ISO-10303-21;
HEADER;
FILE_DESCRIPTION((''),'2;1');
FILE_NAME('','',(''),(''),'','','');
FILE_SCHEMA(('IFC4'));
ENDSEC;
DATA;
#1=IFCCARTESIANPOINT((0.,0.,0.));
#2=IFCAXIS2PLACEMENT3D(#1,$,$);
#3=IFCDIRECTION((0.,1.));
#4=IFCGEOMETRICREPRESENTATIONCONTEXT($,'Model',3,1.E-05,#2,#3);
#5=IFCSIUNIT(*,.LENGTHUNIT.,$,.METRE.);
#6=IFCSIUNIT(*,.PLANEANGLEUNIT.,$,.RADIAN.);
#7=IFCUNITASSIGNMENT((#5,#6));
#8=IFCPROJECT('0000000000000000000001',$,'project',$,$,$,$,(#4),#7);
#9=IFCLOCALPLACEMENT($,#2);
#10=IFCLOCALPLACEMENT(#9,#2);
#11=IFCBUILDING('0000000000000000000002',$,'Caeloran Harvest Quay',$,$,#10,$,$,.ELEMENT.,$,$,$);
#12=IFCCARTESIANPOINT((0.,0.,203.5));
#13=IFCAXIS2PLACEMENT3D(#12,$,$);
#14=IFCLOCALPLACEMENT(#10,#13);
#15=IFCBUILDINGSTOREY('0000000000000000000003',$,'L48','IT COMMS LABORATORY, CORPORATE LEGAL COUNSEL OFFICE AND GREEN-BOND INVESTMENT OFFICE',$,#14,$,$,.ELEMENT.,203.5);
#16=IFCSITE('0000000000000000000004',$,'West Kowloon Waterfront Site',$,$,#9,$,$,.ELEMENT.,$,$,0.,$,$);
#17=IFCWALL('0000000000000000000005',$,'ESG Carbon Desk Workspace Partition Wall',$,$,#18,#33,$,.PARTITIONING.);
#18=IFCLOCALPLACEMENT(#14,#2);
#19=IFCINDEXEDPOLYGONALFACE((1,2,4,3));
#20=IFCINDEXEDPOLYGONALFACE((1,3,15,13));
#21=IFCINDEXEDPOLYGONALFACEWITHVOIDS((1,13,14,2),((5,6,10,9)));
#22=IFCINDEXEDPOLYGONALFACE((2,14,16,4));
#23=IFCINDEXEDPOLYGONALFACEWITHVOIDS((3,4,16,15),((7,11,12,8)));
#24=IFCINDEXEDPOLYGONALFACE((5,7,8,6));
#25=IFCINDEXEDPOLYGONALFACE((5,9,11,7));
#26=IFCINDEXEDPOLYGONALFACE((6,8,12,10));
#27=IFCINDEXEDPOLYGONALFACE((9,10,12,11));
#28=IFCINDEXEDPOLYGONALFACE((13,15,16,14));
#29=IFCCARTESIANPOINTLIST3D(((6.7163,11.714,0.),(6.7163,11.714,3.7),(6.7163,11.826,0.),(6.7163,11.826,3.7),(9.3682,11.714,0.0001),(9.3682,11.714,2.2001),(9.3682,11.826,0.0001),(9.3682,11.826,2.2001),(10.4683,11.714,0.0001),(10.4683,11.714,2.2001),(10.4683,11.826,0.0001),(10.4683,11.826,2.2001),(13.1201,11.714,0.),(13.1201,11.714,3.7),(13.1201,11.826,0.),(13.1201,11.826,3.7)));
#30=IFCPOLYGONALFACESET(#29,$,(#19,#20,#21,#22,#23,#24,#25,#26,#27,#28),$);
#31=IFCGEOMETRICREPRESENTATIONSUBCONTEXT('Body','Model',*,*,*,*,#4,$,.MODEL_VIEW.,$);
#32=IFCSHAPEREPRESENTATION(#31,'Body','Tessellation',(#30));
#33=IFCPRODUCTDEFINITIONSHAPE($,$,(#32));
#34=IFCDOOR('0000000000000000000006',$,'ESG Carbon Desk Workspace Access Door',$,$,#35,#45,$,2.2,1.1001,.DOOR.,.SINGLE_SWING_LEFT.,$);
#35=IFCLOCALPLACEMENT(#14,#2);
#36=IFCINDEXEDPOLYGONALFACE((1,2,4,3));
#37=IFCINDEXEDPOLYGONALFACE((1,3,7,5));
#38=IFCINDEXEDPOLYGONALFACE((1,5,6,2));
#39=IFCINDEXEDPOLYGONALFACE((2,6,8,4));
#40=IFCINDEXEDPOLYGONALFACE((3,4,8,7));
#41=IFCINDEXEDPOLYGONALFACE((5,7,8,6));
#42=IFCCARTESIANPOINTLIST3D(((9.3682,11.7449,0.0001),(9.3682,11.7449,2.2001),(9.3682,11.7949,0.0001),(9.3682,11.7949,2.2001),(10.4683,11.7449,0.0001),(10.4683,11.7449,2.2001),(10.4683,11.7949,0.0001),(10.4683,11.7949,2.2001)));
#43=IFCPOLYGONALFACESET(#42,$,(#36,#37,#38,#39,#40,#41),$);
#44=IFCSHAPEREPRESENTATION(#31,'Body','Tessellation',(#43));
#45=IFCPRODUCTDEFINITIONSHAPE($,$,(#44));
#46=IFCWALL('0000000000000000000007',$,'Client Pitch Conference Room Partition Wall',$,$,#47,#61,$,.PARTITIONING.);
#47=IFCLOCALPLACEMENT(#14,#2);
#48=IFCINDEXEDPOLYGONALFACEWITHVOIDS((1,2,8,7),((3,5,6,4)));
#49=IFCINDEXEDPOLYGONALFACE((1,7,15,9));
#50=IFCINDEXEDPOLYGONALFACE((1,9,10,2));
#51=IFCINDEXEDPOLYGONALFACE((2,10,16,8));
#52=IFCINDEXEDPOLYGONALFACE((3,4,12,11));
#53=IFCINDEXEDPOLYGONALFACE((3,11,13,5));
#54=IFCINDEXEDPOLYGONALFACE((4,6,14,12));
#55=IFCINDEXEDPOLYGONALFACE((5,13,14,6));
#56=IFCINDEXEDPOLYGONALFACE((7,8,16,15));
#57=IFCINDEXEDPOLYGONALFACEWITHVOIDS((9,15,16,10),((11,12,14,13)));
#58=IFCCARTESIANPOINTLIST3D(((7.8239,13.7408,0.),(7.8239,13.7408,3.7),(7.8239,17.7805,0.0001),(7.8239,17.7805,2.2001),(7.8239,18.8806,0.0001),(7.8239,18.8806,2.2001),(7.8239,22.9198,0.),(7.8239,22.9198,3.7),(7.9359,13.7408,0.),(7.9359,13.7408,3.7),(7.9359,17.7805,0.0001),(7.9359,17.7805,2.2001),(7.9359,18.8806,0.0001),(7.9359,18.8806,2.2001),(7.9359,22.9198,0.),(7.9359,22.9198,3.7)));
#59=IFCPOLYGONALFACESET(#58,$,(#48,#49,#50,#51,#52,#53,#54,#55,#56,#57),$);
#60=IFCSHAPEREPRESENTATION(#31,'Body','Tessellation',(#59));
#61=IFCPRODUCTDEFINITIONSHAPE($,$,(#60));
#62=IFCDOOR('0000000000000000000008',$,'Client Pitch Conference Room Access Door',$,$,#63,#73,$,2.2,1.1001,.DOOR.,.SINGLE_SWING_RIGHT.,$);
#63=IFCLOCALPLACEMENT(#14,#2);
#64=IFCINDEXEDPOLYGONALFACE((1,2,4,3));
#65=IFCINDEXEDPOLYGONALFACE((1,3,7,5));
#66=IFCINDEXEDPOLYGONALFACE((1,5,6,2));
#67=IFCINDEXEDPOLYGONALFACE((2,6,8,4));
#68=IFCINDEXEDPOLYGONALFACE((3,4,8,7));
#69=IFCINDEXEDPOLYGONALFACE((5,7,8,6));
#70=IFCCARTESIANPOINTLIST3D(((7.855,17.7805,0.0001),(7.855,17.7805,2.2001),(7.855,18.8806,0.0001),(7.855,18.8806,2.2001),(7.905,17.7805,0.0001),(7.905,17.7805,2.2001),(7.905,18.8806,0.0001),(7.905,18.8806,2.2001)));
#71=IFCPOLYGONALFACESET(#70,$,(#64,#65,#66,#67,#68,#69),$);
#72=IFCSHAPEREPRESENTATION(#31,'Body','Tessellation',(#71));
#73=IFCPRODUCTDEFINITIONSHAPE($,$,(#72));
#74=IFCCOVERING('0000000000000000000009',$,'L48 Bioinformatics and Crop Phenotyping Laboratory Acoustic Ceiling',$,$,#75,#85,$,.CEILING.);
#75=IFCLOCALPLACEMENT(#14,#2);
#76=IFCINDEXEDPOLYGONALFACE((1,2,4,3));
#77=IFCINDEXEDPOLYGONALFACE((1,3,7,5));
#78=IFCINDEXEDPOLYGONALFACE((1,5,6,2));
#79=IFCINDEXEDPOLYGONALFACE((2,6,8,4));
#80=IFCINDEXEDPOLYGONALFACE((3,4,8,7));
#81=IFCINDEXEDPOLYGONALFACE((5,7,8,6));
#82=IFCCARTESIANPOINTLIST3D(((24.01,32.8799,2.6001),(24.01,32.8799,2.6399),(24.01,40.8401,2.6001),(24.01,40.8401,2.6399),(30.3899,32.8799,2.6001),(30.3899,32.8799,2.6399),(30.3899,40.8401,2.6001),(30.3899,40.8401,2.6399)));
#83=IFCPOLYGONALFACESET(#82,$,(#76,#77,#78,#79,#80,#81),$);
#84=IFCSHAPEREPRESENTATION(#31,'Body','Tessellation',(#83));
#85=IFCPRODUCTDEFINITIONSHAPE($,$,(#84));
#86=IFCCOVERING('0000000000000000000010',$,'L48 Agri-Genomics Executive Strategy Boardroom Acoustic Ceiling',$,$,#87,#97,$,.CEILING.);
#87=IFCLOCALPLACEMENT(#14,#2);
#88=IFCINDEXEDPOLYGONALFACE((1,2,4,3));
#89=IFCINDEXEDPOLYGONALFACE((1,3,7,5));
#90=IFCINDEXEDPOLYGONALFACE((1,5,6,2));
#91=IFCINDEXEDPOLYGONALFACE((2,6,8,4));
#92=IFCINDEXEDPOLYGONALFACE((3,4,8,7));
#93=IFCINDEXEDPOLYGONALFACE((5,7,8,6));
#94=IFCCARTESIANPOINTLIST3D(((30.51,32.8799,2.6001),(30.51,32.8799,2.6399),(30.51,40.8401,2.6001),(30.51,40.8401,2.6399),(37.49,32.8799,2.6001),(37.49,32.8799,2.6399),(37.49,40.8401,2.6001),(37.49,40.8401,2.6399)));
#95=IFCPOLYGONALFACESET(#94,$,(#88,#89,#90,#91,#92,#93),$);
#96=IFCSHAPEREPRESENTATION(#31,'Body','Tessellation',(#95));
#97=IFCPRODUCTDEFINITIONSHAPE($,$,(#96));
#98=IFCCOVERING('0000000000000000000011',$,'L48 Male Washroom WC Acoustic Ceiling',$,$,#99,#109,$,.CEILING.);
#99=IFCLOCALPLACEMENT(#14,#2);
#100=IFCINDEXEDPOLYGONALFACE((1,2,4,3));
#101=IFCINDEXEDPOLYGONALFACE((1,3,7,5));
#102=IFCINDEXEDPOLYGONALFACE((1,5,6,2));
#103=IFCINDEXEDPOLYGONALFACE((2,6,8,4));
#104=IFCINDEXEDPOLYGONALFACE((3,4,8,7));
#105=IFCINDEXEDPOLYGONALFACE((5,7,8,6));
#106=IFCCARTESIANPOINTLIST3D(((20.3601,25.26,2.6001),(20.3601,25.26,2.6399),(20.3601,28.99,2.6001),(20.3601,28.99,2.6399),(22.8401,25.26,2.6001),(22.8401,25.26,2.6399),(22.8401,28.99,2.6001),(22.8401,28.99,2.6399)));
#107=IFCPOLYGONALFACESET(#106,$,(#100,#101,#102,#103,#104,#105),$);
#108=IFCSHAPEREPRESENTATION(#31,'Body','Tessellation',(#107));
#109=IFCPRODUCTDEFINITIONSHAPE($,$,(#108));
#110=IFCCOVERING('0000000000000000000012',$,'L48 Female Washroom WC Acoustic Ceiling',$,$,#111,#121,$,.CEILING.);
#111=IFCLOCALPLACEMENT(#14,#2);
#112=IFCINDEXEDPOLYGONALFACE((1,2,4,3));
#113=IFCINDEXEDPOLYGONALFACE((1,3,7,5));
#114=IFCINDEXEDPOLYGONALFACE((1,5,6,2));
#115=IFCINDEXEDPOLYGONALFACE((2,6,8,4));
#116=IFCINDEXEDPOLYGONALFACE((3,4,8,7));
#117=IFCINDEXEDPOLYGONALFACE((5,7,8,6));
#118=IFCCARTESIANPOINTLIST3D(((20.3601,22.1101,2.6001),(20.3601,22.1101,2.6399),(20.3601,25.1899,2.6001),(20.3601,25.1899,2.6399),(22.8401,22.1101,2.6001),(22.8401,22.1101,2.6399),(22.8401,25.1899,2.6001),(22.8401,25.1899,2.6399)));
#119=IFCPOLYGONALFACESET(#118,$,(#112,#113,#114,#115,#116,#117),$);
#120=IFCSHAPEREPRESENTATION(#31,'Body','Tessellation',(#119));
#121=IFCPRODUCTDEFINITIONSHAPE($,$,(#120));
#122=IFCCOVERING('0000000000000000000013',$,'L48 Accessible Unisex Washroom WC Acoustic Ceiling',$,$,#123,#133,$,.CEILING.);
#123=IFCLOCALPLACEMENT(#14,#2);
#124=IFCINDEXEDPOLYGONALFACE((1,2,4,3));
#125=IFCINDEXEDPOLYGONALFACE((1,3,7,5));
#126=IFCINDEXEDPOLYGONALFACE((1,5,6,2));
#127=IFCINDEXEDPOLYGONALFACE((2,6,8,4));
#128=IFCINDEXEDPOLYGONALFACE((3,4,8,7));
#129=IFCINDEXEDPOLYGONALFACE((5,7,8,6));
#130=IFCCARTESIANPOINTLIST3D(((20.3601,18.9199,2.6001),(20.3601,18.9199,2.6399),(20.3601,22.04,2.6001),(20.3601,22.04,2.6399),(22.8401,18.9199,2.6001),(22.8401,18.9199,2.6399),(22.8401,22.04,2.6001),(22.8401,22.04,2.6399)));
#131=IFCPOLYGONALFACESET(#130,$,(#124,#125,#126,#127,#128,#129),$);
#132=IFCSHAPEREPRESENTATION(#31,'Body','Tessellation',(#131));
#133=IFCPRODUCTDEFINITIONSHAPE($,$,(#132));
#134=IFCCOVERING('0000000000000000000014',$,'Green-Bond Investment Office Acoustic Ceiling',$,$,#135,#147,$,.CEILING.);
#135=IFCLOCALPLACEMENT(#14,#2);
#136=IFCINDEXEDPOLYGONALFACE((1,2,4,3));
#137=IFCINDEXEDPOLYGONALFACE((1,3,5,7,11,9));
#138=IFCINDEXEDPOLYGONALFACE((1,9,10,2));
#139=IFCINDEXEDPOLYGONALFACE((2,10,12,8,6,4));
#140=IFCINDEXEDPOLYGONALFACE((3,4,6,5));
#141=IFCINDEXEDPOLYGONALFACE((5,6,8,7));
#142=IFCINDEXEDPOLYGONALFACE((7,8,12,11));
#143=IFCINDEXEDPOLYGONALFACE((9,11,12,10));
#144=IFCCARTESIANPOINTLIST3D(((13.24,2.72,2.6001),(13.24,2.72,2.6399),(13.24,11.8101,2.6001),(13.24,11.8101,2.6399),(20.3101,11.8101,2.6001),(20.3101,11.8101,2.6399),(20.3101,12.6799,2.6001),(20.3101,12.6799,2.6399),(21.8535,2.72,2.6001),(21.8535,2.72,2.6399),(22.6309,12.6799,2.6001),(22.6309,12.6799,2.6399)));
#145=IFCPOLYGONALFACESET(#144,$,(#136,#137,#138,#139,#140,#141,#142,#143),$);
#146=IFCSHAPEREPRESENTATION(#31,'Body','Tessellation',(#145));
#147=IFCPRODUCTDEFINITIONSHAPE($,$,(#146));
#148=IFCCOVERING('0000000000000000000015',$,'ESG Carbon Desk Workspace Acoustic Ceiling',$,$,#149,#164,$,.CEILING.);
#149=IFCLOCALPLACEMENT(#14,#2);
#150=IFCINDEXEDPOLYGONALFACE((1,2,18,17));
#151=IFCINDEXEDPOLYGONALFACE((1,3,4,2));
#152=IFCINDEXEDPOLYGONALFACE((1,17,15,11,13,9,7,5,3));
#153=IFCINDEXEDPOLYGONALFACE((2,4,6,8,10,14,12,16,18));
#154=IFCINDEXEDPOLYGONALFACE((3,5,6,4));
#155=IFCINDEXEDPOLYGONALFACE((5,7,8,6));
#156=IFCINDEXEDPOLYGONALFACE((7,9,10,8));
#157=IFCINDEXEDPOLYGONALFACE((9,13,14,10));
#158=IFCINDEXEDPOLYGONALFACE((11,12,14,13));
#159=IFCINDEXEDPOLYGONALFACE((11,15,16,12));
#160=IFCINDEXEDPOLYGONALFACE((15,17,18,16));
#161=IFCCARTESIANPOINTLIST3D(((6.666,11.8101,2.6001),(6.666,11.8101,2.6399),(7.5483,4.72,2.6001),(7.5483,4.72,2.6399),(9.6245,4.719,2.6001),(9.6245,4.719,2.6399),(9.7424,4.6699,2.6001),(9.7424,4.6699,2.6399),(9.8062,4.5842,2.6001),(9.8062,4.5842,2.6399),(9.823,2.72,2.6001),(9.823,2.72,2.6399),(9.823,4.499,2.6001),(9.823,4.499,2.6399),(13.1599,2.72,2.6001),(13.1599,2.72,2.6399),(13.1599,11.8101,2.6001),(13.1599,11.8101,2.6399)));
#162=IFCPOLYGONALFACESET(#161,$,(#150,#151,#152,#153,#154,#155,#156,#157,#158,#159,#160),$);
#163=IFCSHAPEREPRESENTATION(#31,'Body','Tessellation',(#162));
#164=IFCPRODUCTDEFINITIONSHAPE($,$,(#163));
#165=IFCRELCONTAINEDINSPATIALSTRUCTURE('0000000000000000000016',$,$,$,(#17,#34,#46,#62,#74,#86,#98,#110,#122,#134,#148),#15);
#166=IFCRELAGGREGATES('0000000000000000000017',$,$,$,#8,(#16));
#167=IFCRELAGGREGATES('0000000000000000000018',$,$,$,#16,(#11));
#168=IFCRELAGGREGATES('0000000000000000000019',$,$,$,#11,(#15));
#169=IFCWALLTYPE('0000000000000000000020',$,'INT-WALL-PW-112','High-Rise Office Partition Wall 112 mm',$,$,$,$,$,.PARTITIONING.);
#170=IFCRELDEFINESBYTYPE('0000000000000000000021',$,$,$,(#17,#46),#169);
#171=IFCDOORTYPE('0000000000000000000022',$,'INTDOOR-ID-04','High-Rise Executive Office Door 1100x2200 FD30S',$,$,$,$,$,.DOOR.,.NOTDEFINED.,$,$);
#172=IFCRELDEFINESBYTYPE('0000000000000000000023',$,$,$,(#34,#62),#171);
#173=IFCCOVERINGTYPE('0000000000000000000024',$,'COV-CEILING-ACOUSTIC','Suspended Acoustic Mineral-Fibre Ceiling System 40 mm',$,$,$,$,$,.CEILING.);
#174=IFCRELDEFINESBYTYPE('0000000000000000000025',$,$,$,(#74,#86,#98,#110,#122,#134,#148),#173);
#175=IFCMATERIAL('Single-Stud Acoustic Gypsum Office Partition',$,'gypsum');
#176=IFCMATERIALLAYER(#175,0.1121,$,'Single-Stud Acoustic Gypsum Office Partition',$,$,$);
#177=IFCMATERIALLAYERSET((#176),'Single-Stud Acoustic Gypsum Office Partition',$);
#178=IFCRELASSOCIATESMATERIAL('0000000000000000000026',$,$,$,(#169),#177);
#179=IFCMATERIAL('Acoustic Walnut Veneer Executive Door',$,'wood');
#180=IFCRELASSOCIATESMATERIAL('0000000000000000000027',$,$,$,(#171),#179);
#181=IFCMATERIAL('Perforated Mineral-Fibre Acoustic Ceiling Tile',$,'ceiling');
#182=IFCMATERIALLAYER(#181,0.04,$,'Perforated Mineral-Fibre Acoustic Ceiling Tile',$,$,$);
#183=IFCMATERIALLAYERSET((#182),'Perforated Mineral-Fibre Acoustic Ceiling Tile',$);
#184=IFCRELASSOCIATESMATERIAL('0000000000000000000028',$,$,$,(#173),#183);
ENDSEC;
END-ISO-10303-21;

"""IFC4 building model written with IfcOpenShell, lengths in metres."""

from ifc_helpers import new_model, si_unit, direction, frame, frame_2d, origin, place, context, subcontext, project, spatial, polyline, rectangle, outline, extrude, material, layer, layer_set, type_object, element, fill, save


model = new_model("IFC4")

# Units and contexts
model_context = context("Model", 3, precision=1e-05, world=origin(), true_north=direction((0.0, 1.0)))
body_context = subcontext(model_context, "Body", "Model", "MODEL_VIEW")
ifc_project = project(units=[si_unit("LENGTHUNIT", "METRE"), si_unit("PLANEANGLEUNIT", "RADIAN")], contexts=[model_context])

# Site, building, storey
site_placement = place(None, origin())
site = spatial("IfcSite", under=ifc_project, at=site_placement, Name="West Kowloon Waterfront Site", CompositionType="ELEMENT", RefElevation=0.0)
building_placement = place(site_placement, origin())
building = spatial("IfcBuilding", under=site, at=building_placement, Name="Caeloran Harvest Quay", CompositionType="ELEMENT")
storey_placement = place(building_placement, frame((0.0, 0.0, 203.5)))
storey = spatial("IfcBuildingStorey", under=building, at=storey_placement, Name="L48", Description="IT COMMS LABORATORY, CORPORATE LEGAL COUNSEL OFFICE AND GREEN-BOND INVESTMENT OFFICE", CompositionType="ELEMENT", Elevation=203.5)

# Walls, openings, doors
ifc_material_1 = material(Name="Single-Stud Acoustic Gypsum Office Partition", Category="gypsum")
ifc_layer_1 = layer(ifc_material_1, 0.1121, Name="Single-Stud Acoustic Gypsum Office Partition")
ifc_layer_set_1 = layer_set([ifc_layer_1], Name="Single-Stud Acoustic Gypsum Office Partition")
wall_type_1 = type_object("IfcWallType", Name="INT-WALL-PW-112", Description="High-Rise Office Partition Wall 112 mm", PredefinedType="PARTITIONING", material=ifc_layer_set_1)
wall_1_placement = place(storey_placement, frame((6.7163, 11.77, 0.0), z_axis=(0.0, 0.0, 1.0), x_axis=(1.0, 0.0, 0.0)))
wall_1 = element("IfcWall", 1, at=wall_1_placement, inside=storey, type_object=wall_type_1, Name="ESG Carbon Desk Workspace Partition Wall", PredefinedType="PARTITIONING", context=body_context, shape_type="SweptSolid", body=[
    extrude(rectangle(XDim=6.4038, YDim=0.1121, at=frame_2d((3.2019, 0.0))), origin(), (0.0, 0.0, 1.0), 3.7),
])
opening_1_placement = place(wall_1_placement, frame((2.6519, 0.0, 0.0)))
opening_1 = element("IfcOpeningElement", 2, at=opening_1_placement, cuts=wall_1, PredefinedType="OPENING", context=body_context, shape_type="SweptSolid", body=[
    extrude(rectangle(XDim=1.1001, YDim=2.2, at=frame_2d((0.55, 1.1001))), frame((0.0, 0.0659, 0.0), z_axis=(0.0, -1.0, 0.0), x_axis=(1.0, 0.0, 0.0)), (0.0, 0.0, 1.0), 0.1321),
])
ifc_material_2 = material(Name="Acoustic Walnut Veneer Executive Door", Category="wood")
door_type = type_object("IfcDoorType", Name="INTDOOR-ID-04", Description="High-Rise Executive Office Door 1100x2200 FD30S", OperationType="NOTDEFINED", PredefinedType="DOOR", material=ifc_material_2)
door_1_placement = place(opening_1_placement, origin())
door_1 = element("IfcDoor", 3, at=door_1_placement, inside=storey, type_object=door_type, Name="ESG Carbon Desk Workspace Access Door", OperationType="SINGLE_SWING_LEFT", OverallHeight=2.2, OverallWidth=1.1001, PredefinedType="DOOR", context=body_context, shape_type="SweptSolid", body=[
    extrude(rectangle(XDim=1.1001, YDim=2.2, at=frame_2d((0.55, 1.1001))), frame((0.0, 0.0249, 0.0), z_axis=(0.0, -1.0, 0.0), x_axis=(1.0, 0.0, 0.0)), (0.0, 0.0, 1.0), 0.05),
])
fill(opening_1, door_1)
wall_2_placement = place(storey_placement, frame((7.8799, 13.741, 0.0), z_axis=(0.0, 0.0, 1.0), x_axis=(0.0, 1.0, 0.0)))
wall_2 = element("IfcWall", 4, at=wall_2_placement, inside=storey, type_object=wall_type_1, Name="Client Pitch Conference Room Partition Wall", PredefinedType="PARTITIONING", context=body_context, shape_type="SweptSolid", body=[
    extrude(rectangle(XDim=9.179, YDim=0.1121, at=frame_2d((4.5894, 0.0))), origin(), (0.0, 0.0, 1.0), 3.7),
])
opening_2_placement = place(wall_2_placement, frame((4.0396, 0.0, 0.0)))
opening_2 = element("IfcOpeningElement", 5, at=opening_2_placement, cuts=wall_2, PredefinedType="OPENING", context=body_context, shape_type="SweptSolid", body=[
    extrude(rectangle(XDim=1.1001, YDim=2.2, at=frame_2d((0.55, 1.1001))), frame((0.0, 0.0659, 0.0), z_axis=(0.0, -1.0, 0.0), x_axis=(1.0, 0.0, 0.0)), (0.0, 0.0, 1.0), 0.1321),
])
door_2_placement = place(opening_2_placement, origin())
door_2 = element("IfcDoor", 6, at=door_2_placement, inside=storey, type_object=door_type, Name="Client Pitch Conference Room Access Door", OperationType="SINGLE_SWING_RIGHT", OverallHeight=2.2, OverallWidth=1.1001, PredefinedType="DOOR", context=body_context, shape_type="SweptSolid", body=[
    extrude(rectangle(XDim=1.1001, YDim=2.2, at=frame_2d((0.55, 1.1001))), frame((0.0, 0.0249, 0.0), z_axis=(0.0, -1.0, 0.0), x_axis=(1.0, 0.0, 0.0)), (0.0, 0.0, 1.0), 0.05),
])
fill(opening_2, door_2)

# Coverings
ifc_material_3 = material(Name="Perforated Mineral-Fibre Acoustic Ceiling Tile", Category="ceiling")
ifc_layer_2 = layer(ifc_material_3, 0.04, Name="Perforated Mineral-Fibre Acoustic Ceiling Tile")
ifc_layer_set_2 = layer_set([ifc_layer_2], Name="Perforated Mineral-Fibre Acoustic Ceiling Tile")
covering_type_1 = type_object("IfcCoveringType", Name="COV-CEILING-ACOUSTIC", Description="Suspended Acoustic Mineral-Fibre Ceiling System 40 mm", PredefinedType="CEILING", material=ifc_layer_set_2)
covering_1_placement = place(storey_placement, frame((0.0, 0.0, 2.6001)))
element("IfcCovering", 7, at=covering_1_placement, inside=storey, type_object=covering_type_1, Name="L48 Bioinformatics and Crop Phenotyping Laboratory Acoustic Ceiling", PredefinedType="CEILING", context=body_context, shape_type="SweptSolid", body=[
    extrude(outline(polyline([(30.3899, 40.8401), (30.3899, 32.8799), (24.01, 32.8799), (24.01, 40.8401), (30.3899, 40.8401)])), origin(), (0.0, 0.0, 1.0), 0.0398),
])
covering_2_placement = place(storey_placement, frame((0.0, 0.0, 2.6001)))
element("IfcCovering", 8, at=covering_2_placement, inside=storey, type_object=covering_type_1, Name="L48 Agri-Genomics Executive Strategy Boardroom Acoustic Ceiling", PredefinedType="CEILING", context=body_context, shape_type="SweptSolid", body=[
    extrude(outline(polyline([(37.49, 40.8401), (37.49, 32.8799), (30.51, 32.8799), (30.51, 40.8401), (37.49, 40.8401)])), origin(), (0.0, 0.0, 1.0), 0.0398),
])
covering_3_placement = place(storey_placement, frame((0.0, 0.0, 2.6001)))
element("IfcCovering", 9, at=covering_3_placement, inside=storey, type_object=covering_type_1, Name="L48 Male Washroom WC Acoustic Ceiling", PredefinedType="CEILING", context=body_context, shape_type="SweptSolid", body=[
    extrude(outline(polyline([(22.8401, 28.99), (22.8401, 25.26), (20.3601, 25.26), (20.3601, 28.99), (22.8401, 28.99)])), origin(), (0.0, 0.0, 1.0), 0.0398),
])
covering_4_placement = place(storey_placement, frame((0.0, 0.0, 2.6001)))
element("IfcCovering", 10, at=covering_4_placement, inside=storey, type_object=covering_type_1, Name="L48 Female Washroom WC Acoustic Ceiling", PredefinedType="CEILING", context=body_context, shape_type="SweptSolid", body=[
    extrude(outline(polyline([(22.8401, 25.1899), (22.8401, 22.1101), (20.3601, 22.1101), (20.3601, 25.1899), (22.8401, 25.1899)])), origin(), (0.0, 0.0, 1.0), 0.0398),
])
covering_5_placement = place(storey_placement, frame((0.0, 0.0, 2.6001)))
element("IfcCovering", 11, at=covering_5_placement, inside=storey, type_object=covering_type_1, Name="L48 Accessible Unisex Washroom WC Acoustic Ceiling", PredefinedType="CEILING", context=body_context, shape_type="SweptSolid", body=[
    extrude(outline(polyline([(22.8401, 22.04), (22.8401, 18.9199), (20.3601, 18.9199), (20.3601, 22.04), (22.8401, 22.04)])), origin(), (0.0, 0.0, 1.0), 0.0398),
])
covering_6_placement = place(storey_placement, frame((0.0, 0.0, 2.6001)))
element("IfcCovering", 12, at=covering_6_placement, inside=storey, type_object=covering_type_1, Name="Green-Bond Investment Office Acoustic Ceiling", PredefinedType="CEILING", context=body_context, shape_type="SweptSolid", body=[
    extrude(outline(polyline([(20.3101, 12.6799), (22.6309, 12.6799), (21.8535, 2.72), (13.24, 2.72), (13.24, 11.8101), (20.3101, 11.8101), (20.3101, 12.6799)])), origin(), (0.0, 0.0, 1.0), 0.0398),
])
covering_7_placement = place(storey_placement, frame((0.0, 0.0, 2.6001)))
element("IfcCovering", 13, at=covering_7_placement, inside=storey, type_object=covering_type_1, Name="ESG Carbon Desk Workspace Acoustic Ceiling", PredefinedType="CEILING", context=body_context, shape_type="SweptSolid", body=[
    extrude(outline(polyline([(9.8062, 4.5842), (9.7424, 4.6699), (9.6245, 4.719), (7.5483, 4.72), (6.666, 11.8101), (13.1599, 11.8101), (13.1599, 2.72), (9.823, 2.72), (9.823, 4.499), (9.8062, 4.5842)])), origin(), (0.0, 0.0, 1.0), 0.0398),
])

save(model, "model.ifc")
